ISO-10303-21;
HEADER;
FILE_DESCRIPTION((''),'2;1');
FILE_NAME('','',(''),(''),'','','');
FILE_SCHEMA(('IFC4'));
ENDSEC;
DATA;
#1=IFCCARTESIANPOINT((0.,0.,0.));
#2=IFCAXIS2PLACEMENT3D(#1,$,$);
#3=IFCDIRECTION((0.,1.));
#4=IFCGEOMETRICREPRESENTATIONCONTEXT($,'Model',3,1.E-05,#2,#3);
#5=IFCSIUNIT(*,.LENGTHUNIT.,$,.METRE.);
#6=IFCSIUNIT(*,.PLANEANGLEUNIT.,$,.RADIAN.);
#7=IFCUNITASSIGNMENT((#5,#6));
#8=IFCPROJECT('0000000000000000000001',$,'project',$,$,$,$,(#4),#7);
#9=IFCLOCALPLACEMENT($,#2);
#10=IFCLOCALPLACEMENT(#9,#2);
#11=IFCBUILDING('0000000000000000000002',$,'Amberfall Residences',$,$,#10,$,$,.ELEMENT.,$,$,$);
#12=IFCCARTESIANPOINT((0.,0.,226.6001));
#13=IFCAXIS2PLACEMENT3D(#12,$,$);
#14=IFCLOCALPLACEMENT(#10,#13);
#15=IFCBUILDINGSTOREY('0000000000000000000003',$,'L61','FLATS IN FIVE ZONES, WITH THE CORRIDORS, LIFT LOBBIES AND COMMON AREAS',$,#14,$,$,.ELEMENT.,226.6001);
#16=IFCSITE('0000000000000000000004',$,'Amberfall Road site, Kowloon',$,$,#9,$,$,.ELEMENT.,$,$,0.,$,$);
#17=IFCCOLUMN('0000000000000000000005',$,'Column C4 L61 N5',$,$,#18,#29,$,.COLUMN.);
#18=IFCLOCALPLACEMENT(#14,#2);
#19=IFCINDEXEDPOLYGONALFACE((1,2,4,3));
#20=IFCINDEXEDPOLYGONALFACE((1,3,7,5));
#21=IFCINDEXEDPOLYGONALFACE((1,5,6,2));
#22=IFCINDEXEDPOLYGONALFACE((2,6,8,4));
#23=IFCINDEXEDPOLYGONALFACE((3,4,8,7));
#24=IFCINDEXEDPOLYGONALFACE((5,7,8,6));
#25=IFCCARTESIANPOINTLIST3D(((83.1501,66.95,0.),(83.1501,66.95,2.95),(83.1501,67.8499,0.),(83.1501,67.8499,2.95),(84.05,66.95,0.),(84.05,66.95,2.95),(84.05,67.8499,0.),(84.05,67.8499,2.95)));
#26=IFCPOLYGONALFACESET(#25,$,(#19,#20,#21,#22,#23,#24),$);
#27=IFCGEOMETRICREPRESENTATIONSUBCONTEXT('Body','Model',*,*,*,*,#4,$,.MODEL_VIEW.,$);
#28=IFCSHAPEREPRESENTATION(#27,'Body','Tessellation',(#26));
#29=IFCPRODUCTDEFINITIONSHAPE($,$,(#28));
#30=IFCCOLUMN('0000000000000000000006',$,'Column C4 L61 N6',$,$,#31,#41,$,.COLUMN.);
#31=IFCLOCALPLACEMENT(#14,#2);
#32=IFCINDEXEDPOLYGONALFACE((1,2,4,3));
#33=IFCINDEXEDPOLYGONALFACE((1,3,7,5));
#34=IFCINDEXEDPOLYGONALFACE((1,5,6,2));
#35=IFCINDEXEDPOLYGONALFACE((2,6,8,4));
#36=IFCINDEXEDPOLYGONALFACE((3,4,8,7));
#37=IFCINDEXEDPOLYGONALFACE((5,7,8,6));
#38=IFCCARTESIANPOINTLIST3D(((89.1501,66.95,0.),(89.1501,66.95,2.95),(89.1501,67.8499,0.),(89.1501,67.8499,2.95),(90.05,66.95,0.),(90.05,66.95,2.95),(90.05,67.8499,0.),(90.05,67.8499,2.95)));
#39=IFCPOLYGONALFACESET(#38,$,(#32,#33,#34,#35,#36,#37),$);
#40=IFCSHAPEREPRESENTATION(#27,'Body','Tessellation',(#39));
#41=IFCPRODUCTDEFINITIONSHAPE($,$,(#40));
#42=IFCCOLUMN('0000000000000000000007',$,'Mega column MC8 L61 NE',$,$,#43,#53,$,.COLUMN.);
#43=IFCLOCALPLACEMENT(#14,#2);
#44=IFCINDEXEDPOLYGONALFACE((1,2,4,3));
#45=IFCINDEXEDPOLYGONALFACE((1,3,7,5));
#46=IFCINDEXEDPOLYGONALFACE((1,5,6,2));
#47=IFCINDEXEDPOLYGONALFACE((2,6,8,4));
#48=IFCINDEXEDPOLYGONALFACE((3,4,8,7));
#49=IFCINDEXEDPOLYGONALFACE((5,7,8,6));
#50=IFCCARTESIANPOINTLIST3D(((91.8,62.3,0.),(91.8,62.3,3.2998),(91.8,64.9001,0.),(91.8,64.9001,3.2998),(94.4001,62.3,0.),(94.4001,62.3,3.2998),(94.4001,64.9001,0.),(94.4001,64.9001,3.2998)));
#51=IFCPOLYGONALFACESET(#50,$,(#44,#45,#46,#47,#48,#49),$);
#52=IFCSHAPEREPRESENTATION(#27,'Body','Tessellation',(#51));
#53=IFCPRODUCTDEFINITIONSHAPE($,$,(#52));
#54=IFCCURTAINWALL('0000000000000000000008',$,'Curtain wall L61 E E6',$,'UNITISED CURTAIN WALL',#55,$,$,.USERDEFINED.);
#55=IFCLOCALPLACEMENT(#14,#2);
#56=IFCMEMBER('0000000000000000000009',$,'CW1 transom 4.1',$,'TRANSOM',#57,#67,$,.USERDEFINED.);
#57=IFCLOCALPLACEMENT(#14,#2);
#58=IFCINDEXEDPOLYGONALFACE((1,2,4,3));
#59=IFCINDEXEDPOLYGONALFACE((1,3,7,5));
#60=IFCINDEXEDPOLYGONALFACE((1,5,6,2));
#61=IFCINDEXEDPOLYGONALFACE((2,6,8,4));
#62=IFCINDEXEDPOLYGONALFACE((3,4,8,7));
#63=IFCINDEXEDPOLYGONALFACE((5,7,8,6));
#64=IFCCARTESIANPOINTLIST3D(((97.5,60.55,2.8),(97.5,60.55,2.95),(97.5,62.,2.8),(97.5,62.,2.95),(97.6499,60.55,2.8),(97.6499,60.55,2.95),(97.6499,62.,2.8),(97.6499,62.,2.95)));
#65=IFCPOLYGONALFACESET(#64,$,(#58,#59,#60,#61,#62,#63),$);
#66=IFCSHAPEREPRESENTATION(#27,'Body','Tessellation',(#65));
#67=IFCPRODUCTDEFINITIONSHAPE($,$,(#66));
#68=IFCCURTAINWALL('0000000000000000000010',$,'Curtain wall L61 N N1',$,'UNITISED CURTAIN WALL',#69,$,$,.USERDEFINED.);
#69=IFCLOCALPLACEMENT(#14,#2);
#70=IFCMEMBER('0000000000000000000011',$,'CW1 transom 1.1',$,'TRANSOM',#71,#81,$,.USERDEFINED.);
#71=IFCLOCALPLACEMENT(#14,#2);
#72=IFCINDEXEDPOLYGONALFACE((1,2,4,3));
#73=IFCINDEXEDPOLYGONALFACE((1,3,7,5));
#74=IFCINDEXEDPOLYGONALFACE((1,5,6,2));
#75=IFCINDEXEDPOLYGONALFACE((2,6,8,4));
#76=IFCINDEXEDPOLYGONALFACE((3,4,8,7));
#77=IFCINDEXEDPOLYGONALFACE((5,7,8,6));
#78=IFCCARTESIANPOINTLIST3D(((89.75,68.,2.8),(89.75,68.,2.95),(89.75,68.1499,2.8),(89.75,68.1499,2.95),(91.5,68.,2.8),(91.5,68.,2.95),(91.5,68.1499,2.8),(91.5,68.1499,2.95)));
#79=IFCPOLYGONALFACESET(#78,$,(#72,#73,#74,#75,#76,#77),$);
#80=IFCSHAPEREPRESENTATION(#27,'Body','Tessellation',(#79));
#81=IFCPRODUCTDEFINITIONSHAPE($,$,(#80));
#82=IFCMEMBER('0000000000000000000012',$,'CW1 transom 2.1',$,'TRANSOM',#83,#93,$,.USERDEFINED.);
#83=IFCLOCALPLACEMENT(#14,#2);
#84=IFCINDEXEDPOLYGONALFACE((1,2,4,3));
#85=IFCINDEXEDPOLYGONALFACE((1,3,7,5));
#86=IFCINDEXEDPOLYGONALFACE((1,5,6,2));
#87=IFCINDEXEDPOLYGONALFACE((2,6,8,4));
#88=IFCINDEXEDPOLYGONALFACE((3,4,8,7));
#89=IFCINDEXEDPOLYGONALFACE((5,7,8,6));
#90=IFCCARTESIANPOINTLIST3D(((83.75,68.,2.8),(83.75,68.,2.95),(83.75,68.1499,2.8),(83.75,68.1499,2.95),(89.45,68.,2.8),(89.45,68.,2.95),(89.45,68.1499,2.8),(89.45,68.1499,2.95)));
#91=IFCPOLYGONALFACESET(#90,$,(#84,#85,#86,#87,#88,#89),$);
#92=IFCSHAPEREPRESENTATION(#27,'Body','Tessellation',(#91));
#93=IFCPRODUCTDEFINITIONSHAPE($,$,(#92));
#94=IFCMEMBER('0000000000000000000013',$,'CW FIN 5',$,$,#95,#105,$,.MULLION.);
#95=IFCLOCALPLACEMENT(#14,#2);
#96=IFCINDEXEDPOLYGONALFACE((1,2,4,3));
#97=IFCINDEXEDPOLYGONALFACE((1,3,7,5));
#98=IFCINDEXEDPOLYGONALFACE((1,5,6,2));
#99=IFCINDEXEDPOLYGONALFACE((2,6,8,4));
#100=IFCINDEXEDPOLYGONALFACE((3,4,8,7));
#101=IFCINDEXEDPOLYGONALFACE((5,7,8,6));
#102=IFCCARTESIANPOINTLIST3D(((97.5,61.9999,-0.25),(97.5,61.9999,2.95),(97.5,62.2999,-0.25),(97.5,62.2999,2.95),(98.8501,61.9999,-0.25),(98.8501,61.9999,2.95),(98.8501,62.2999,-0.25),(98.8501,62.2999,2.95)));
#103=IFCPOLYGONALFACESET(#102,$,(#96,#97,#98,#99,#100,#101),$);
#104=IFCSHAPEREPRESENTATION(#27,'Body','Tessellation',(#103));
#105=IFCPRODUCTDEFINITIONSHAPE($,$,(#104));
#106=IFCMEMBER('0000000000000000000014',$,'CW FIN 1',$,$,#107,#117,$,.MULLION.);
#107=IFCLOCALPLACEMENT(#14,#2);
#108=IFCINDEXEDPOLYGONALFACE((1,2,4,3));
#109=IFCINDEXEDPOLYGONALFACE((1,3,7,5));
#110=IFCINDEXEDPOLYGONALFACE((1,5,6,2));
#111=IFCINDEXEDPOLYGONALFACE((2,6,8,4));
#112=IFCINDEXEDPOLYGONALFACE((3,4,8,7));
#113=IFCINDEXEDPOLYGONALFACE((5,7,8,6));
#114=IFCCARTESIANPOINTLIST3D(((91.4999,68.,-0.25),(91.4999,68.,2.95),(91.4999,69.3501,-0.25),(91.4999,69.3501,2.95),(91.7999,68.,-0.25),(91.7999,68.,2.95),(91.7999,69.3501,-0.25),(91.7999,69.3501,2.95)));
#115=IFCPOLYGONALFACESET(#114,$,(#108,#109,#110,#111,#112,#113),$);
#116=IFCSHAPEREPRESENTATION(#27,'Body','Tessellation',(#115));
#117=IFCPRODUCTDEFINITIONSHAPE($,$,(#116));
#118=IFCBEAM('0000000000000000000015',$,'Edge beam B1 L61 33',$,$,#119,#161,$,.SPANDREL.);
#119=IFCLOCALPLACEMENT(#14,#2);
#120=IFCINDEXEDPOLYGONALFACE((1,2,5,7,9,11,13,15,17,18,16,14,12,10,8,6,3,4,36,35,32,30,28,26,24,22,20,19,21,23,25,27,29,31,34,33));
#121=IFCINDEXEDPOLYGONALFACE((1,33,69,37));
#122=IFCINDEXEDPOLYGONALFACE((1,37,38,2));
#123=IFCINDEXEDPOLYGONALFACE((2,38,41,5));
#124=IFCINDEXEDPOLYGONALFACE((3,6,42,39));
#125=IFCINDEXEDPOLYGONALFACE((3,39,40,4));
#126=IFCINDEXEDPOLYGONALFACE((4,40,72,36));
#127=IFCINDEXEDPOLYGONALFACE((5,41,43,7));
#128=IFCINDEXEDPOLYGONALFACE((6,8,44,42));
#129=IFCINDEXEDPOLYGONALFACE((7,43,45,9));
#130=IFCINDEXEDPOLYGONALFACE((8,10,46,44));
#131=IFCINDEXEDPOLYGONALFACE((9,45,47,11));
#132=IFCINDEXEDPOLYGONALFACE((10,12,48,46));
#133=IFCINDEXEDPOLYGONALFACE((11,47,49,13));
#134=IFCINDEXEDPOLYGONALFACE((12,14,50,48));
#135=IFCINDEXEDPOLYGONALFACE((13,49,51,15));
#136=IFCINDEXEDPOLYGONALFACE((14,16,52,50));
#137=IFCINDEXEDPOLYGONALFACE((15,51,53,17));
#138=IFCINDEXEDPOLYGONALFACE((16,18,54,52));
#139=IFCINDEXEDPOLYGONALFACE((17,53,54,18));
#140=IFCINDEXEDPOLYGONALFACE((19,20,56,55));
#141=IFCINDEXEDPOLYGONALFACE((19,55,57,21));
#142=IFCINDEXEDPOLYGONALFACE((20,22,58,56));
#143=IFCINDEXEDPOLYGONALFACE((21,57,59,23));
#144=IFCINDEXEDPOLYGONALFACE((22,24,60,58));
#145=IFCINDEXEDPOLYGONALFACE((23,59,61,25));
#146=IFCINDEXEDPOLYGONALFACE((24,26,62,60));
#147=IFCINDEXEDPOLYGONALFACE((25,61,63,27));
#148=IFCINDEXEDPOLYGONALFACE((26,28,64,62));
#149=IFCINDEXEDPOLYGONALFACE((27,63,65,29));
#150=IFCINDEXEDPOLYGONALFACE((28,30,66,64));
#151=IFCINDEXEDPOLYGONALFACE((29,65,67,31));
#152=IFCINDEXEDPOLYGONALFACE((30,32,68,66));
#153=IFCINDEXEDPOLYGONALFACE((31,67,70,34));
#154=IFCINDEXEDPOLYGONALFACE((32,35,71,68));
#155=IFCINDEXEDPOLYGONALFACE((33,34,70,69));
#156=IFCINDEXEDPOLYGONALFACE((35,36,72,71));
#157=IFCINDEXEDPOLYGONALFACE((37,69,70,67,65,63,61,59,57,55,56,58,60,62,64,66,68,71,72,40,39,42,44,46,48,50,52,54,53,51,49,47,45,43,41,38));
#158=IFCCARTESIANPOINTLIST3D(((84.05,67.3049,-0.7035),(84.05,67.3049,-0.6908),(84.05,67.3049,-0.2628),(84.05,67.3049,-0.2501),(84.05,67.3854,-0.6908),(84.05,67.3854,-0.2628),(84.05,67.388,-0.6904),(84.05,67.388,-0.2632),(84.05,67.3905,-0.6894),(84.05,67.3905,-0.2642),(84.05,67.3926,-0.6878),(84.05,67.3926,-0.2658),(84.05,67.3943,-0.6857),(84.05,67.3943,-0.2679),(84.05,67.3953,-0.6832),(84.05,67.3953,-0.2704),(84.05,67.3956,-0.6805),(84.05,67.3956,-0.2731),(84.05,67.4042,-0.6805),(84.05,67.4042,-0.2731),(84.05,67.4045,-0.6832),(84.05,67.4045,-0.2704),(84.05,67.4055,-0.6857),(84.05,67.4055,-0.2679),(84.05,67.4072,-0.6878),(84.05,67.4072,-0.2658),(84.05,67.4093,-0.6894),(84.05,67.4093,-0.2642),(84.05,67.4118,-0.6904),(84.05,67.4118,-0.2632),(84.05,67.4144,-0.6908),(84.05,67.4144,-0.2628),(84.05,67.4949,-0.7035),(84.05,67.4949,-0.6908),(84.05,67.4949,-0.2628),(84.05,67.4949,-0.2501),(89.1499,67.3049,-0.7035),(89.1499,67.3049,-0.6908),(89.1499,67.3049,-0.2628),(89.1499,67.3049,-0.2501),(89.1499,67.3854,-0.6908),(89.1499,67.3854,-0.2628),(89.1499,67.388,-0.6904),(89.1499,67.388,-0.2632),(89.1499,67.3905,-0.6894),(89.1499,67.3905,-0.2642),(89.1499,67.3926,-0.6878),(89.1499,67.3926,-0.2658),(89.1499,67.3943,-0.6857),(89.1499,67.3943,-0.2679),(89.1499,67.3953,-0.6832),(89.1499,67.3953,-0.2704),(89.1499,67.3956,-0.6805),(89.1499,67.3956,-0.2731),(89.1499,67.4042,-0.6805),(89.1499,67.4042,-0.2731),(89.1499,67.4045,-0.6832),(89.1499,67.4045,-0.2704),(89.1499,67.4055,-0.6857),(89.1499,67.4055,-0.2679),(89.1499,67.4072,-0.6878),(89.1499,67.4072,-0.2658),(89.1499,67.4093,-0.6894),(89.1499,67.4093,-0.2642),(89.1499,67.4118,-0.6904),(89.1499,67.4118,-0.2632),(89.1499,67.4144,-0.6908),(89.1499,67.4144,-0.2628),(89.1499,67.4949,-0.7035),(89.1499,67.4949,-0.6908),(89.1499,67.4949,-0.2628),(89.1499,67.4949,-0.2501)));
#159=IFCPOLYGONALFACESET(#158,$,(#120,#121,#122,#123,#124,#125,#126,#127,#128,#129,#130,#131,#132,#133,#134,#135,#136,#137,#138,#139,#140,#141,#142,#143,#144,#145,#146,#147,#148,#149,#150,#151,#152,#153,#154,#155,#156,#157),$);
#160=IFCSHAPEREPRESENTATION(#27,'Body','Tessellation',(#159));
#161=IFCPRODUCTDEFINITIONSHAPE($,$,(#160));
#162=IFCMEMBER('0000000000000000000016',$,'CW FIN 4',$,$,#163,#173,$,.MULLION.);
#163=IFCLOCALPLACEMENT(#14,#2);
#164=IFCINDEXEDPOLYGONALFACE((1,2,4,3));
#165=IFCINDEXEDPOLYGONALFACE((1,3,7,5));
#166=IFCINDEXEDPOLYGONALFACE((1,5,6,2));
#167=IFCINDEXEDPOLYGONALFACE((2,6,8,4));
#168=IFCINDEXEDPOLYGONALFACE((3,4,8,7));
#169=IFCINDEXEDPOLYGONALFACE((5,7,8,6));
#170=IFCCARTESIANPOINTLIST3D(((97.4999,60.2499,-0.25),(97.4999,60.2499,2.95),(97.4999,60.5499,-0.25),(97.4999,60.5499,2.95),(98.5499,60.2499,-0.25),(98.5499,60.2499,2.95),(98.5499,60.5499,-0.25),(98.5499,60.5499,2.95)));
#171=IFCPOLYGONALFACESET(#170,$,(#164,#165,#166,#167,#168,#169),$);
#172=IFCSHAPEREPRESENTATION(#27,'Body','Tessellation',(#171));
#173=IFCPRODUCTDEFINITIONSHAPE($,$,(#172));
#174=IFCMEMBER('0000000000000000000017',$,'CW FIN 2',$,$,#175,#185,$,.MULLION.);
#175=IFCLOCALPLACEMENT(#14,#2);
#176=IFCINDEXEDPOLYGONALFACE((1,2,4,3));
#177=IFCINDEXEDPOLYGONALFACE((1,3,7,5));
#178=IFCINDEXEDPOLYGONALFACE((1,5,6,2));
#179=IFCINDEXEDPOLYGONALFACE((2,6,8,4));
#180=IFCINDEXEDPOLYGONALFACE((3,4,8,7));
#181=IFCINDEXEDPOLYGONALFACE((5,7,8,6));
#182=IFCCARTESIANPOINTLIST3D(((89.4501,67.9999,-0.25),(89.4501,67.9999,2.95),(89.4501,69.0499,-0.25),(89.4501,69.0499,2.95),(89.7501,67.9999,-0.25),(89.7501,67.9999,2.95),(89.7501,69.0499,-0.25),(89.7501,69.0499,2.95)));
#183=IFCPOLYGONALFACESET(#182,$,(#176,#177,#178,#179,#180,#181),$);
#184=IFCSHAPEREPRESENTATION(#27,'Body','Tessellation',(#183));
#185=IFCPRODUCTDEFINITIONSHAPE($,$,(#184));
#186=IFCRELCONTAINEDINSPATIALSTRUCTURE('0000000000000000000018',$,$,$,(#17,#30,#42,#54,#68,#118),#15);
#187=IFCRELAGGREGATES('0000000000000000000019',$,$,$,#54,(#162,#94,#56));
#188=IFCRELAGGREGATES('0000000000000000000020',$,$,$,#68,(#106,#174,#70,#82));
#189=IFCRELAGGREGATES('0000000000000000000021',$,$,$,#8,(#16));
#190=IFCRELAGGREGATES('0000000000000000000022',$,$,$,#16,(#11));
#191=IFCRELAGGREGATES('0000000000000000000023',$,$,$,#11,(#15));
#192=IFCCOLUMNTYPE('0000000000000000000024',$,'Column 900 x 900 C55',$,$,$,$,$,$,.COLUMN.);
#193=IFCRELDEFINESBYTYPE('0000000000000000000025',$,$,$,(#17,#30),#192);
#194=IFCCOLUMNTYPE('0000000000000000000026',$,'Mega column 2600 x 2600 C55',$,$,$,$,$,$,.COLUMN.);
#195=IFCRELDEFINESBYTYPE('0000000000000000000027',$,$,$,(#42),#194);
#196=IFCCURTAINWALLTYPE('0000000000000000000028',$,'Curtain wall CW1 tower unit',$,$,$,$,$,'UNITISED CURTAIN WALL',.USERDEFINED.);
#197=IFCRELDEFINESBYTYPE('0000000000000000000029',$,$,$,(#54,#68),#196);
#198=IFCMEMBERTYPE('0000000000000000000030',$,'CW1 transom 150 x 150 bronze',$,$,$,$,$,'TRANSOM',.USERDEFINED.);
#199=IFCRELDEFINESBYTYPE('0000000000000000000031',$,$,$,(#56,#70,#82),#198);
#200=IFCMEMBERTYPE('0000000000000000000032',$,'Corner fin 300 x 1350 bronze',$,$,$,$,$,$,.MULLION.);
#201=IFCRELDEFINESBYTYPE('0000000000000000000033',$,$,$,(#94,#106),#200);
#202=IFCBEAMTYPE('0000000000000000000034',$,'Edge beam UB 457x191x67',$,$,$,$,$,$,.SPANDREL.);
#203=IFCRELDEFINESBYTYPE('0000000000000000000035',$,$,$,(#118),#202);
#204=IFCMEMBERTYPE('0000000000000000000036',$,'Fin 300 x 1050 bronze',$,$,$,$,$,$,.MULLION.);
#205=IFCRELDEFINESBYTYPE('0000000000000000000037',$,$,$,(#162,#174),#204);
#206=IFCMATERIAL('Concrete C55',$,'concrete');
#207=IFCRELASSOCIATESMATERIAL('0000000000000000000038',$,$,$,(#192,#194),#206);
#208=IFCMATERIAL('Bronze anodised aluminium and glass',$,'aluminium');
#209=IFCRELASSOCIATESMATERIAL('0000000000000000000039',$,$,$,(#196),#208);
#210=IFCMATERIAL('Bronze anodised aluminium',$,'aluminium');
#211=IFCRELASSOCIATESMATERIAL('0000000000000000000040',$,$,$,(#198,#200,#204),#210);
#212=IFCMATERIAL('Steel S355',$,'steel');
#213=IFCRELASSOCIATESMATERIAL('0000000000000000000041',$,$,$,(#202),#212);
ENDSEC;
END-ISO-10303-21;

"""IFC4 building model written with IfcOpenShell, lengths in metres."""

from ifc_helpers import new_model, si_unit, direction, frame, origin, origin_2d, place, context, subcontext, project, spatial, rectangle, i_section, extrude, material, material_profile, profile_set, type_object, element, aggregate, save


model = new_model("IFC4")

# Units and contexts
model_context = context("Model", 3, precision=1e-05, world=origin(), true_north=direction((0.0, 1.0)))
body_context = subcontext(model_context, "Body", "Model", "MODEL_VIEW")
ifc_project = project(units=[si_unit("LENGTHUNIT", "METRE"), si_unit("PLANEANGLEUNIT", "RADIAN")], contexts=[model_context])

# Site, building, storey
site_placement = place(None, origin())
site = spatial("IfcSite", under=ifc_project, at=site_placement, Name="Amberfall Road site, Kowloon", CompositionType="ELEMENT", RefElevation=0.0)
building_placement = place(site_placement, origin())
building = spatial("IfcBuilding", under=site, at=building_placement, Name="Amberfall Residences", CompositionType="ELEMENT")
storey_placement = place(building_placement, frame((0.0, 0.0, 226.6001)))
storey = spatial("IfcBuildingStorey", under=building, at=storey_placement, Name="L61", Description="FLATS IN FIVE ZONES, WITH THE CORRIDORS, LIFT LOBBIES AND COMMON AREAS", CompositionType="ELEMENT", Elevation=226.6001)

# Columns
ifc_material_1 = material(Name="Concrete C55", Category="concrete")
ifc_material_profile_1 = material_profile(ifc_material_1, rectangle(XDim=0.8999, YDim=0.8999, at=origin_2d()), Name="Column 900 x 900 C55")
ifc_profile_set_1 = profile_set([ifc_material_profile_1], Name="Concrete C55")
column_type_1 = type_object("IfcColumnType", Name="Column 900 x 900 C55", PredefinedType="COLUMN", material=ifc_profile_set_1)
for number, where, z_axis, x_axis, name in (
    (1, (83.6001, 67.3999, 0.0), (0.0, 0.0, 1.0), (1.0, 0.0, 0.0), "Column C4 L61 N5"),
    (2, (89.6001, 67.3999, 0.0), (0.0, 0.0, 1.0), (1.0, 0.0, 0.0), "Column C4 L61 N6"),
):
    element("IfcColumn", number, at=place(storey_placement, frame(where, z_axis=z_axis, x_axis=x_axis)), inside=storey, type_object=column_type_1, Name=name, PredefinedType="COLUMN", context=body_context, shape_type="SweptSolid", body=[
        extrude(rectangle(XDim=0.8999, YDim=0.8999, at=origin_2d()), origin(), (0.0, 0.0, 1.0), 2.95),
    ])
ifc_material_profile_2 = material_profile(ifc_material_1, rectangle(XDim=2.6001, YDim=2.6001, at=origin_2d()), Name="Mega column 2600 x 2600 C55")
ifc_profile_set_2 = profile_set([ifc_material_profile_2], Name="Concrete C55")
column_type_2 = type_object("IfcColumnType", Name="Mega column 2600 x 2600 C55", PredefinedType="COLUMN", material=ifc_profile_set_2)
column_placement = place(storey_placement, frame((93.1001, 63.6001, 0.0), z_axis=(0.0, 0.0, 1.0), x_axis=(1.0, 0.0, 0.0)))
element("IfcColumn", 3, at=column_placement, inside=storey, type_object=column_type_2, Name="Mega column MC8 L61 NE", PredefinedType="COLUMN", context=body_context, shape_type="SweptSolid", body=[
    extrude(rectangle(XDim=2.6001, YDim=2.6001, at=origin_2d()), origin(), (0.0, 0.0, 1.0), 3.2998),
])

# Curtain wall, member
ifc_material_2 = material(Name="Bronze anodised aluminium and glass", Category="aluminium")
curtain_wall_type = type_object("IfcCurtainWallType", Name="Curtain wall CW1 tower unit", ElementType="UNITISED CURTAIN WALL", PredefinedType="USERDEFINED", material=ifc_material_2)
curtain_wall_1_placement = place(storey_placement, origin())
curtain_wall_1 = element("IfcCurtainWall", 4, at=curtain_wall_1_placement, inside=storey, type_object=curtain_wall_type, Name="Curtain wall L61 E E6", ObjectType="UNITISED CURTAIN WALL", PredefinedType="USERDEFINED")
ifc_material_3 = material(Name="Bronze anodised aluminium", Category="aluminium")
ifc_material_profile_3 = material_profile(ifc_material_3, rectangle(XDim=0.1499, YDim=0.1499, at=origin_2d()), Name="CW1 transom 150 x 150 bronze")
ifc_profile_set_3 = profile_set([ifc_material_profile_3], Name="Bronze anodised aluminium")
member_type_1 = type_object("IfcMemberType", Name="CW1 transom 150 x 150 bronze", ElementType="TRANSOM", PredefinedType="USERDEFINED", material=ifc_profile_set_3)
member_1_placement = place(storey_placement, frame((97.575, 60.55, 2.875), z_axis=(0.0, 1.0, 0.0), x_axis=(-1.0, 0.0, 0.0)))
member_1 = element("IfcMember", 5, at=member_1_placement, type_object=member_type_1, Name="CW1 transom 4.1", ObjectType="TRANSOM", PredefinedType="USERDEFINED", context=body_context, shape_type="SweptSolid", body=[
    extrude(rectangle(XDim=0.1499, YDim=0.1499, at=origin_2d()), origin(), (0.0, 0.0, 1.0), 1.45),
])

# Curtain wall, members
curtain_wall_2_placement = place(storey_placement, origin())
curtain_wall_2 = element("IfcCurtainWall", 6, at=curtain_wall_2_placement, inside=storey, type_object=curtain_wall_type, Name="Curtain wall L61 N N1", ObjectType="UNITISED CURTAIN WALL", PredefinedType="USERDEFINED")
member_2_placement = place(storey_placement, frame((91.5, 68.075, 2.875), z_axis=(-1.0, 0.0, 0.0), x_axis=(0.0, -1.0, 0.0)))
member_2 = element("IfcMember", 7, at=member_2_placement, type_object=member_type_1, Name="CW1 transom 1.1", ObjectType="TRANSOM", PredefinedType="USERDEFINED", context=body_context, shape_type="SweptSolid", body=[
    extrude(rectangle(XDim=0.1499, YDim=0.1499, at=origin_2d()), origin(), (0.0, 0.0, 1.0), 1.75),
])
member_3_placement = place(storey_placement, frame((89.45, 68.075, 2.875), z_axis=(-1.0, 0.0, 0.0), x_axis=(0.0, -1.0, 0.0)))
member_3 = element("IfcMember", 8, at=member_3_placement, type_object=member_type_1, Name="CW1 transom 2.1", ObjectType="TRANSOM", PredefinedType="USERDEFINED", context=body_context, shape_type="SweptSolid", body=[
    extrude(rectangle(XDim=0.1499, YDim=0.1499, at=origin_2d()), origin(), (0.0, 0.0, 1.0), 5.7),
])

# Members
ifc_material_profile_4 = material_profile(ifc_material_3, rectangle(XDim=1.3501, YDim=0.3, at=origin_2d()), Name="Corner fin 300 x 1350 bronze")
ifc_profile_set_4 = profile_set([ifc_material_profile_4], Name="Bronze anodised aluminium")
member_type_2 = type_object("IfcMemberType", Name="Corner fin 300 x 1350 bronze", PredefinedType="MULLION", material=ifc_profile_set_4)
member_4_placement = place(storey_placement, frame((98.175, 62.1499, -0.25), z_axis=(0.0, 0.0, 1.0), x_axis=(-1.0, 0.0, 0.0)))
member_4 = element("IfcMember", 9, at=member_4_placement, type_object=member_type_2, Name="CW FIN 5", PredefinedType="MULLION", context=body_context, shape_type="SweptSolid", body=[
    extrude(rectangle(XDim=1.3501, YDim=0.3, at=origin_2d()), origin(), (0.0, 0.0, 1.0), 3.2),
])
member_5_placement = place(storey_placement, frame((91.6499, 68.675, -0.25), z_axis=(0.0, 0.0, 1.0), x_axis=(0.0, -1.0, 0.0)))
member_5 = element("IfcMember", 10, at=member_5_placement, type_object=member_type_2, Name="CW FIN 1", PredefinedType="MULLION", context=body_context, shape_type="SweptSolid", body=[
    extrude(rectangle(XDim=1.3501, YDim=0.3, at=origin_2d()), origin(), (0.0, 0.0, 1.0), 3.2),
])

# Beam
ifc_material_4 = material(Name="Steel S355", Category="steel")
ifc_material_profile_5 = material_profile(ifc_material_4, i_section(OverallWidth=0.1899, OverallDepth=0.4534, WebThickness=0.0085, FlangeThickness=0.0127, FilletRadius=0.0103, at=origin_2d()), Name="UB 457x191x67")
ifc_profile_set_5 = profile_set([ifc_material_profile_5], Name="Steel S355")
beam_type_1 = type_object("IfcBeamType", Name="Edge beam UB 457x191x67", PredefinedType="SPANDREL", material=ifc_profile_set_5)
beam_1_placement = place(storey_placement, frame((84.05, 67.3999, -0.4768), z_axis=(1.0, 0.0, 0.0), x_axis=(0.0, 1.0, 0.0)))
element("IfcBeam", 11, at=beam_1_placement, inside=storey, type_object=beam_type_1, Name="Edge beam B1 L61 33", PredefinedType="SPANDREL", context=body_context, shape_type="SweptSolid", body=[
    extrude(i_section(OverallWidth=0.1899, OverallDepth=0.4534, WebThickness=0.0085, FlangeThickness=0.0127, FilletRadius=0.0103, at=origin_2d()), origin(), (0.0, 0.0, 1.0), 5.0999),
])

# Members
ifc_material_profile_6 = material_profile(ifc_material_3, rectangle(XDim=1.05, YDim=0.3, at=origin_2d()), Name="Fin 300 x 1050 bronze")
ifc_profile_set_6 = profile_set([ifc_material_profile_6], Name="Bronze anodised aluminium")
member_type_3 = type_object("IfcMemberType", Name="Fin 300 x 1050 bronze", PredefinedType="MULLION", material=ifc_profile_set_6)
member_6_placement = place(storey_placement, frame((98.0249, 60.3999, -0.25), z_axis=(0.0, 0.0, 1.0), x_axis=(-1.0, 0.0, 0.0)))
member_6 = element("IfcMember", 12, at=member_6_placement, type_object=member_type_3, Name="CW FIN 4", PredefinedType="MULLION", context=body_context, shape_type="SweptSolid", body=[
    extrude(rectangle(XDim=1.05, YDim=0.3, at=origin_2d()), origin(), (0.0, 0.0, 1.0), 3.2),
])
member_7_placement = place(storey_placement, frame((89.6001, 68.5249, -0.25), z_axis=(0.0, 0.0, 1.0), x_axis=(0.0, -1.0, 0.0)))
member_7 = element("IfcMember", 13, at=member_7_placement, type_object=member_type_3, Name="CW FIN 2", PredefinedType="MULLION", context=body_context, shape_type="SweptSolid", body=[
    extrude(rectangle(XDim=1.05, YDim=0.3, at=origin_2d()), origin(), (0.0, 0.0, 1.0), 3.2),
])

aggregate(curtain_wall_1, [member_6, member_4, member_1])
aggregate(curtain_wall_2, [member_5, member_7, member_2, member_3])

save(model, "model.ifc")
